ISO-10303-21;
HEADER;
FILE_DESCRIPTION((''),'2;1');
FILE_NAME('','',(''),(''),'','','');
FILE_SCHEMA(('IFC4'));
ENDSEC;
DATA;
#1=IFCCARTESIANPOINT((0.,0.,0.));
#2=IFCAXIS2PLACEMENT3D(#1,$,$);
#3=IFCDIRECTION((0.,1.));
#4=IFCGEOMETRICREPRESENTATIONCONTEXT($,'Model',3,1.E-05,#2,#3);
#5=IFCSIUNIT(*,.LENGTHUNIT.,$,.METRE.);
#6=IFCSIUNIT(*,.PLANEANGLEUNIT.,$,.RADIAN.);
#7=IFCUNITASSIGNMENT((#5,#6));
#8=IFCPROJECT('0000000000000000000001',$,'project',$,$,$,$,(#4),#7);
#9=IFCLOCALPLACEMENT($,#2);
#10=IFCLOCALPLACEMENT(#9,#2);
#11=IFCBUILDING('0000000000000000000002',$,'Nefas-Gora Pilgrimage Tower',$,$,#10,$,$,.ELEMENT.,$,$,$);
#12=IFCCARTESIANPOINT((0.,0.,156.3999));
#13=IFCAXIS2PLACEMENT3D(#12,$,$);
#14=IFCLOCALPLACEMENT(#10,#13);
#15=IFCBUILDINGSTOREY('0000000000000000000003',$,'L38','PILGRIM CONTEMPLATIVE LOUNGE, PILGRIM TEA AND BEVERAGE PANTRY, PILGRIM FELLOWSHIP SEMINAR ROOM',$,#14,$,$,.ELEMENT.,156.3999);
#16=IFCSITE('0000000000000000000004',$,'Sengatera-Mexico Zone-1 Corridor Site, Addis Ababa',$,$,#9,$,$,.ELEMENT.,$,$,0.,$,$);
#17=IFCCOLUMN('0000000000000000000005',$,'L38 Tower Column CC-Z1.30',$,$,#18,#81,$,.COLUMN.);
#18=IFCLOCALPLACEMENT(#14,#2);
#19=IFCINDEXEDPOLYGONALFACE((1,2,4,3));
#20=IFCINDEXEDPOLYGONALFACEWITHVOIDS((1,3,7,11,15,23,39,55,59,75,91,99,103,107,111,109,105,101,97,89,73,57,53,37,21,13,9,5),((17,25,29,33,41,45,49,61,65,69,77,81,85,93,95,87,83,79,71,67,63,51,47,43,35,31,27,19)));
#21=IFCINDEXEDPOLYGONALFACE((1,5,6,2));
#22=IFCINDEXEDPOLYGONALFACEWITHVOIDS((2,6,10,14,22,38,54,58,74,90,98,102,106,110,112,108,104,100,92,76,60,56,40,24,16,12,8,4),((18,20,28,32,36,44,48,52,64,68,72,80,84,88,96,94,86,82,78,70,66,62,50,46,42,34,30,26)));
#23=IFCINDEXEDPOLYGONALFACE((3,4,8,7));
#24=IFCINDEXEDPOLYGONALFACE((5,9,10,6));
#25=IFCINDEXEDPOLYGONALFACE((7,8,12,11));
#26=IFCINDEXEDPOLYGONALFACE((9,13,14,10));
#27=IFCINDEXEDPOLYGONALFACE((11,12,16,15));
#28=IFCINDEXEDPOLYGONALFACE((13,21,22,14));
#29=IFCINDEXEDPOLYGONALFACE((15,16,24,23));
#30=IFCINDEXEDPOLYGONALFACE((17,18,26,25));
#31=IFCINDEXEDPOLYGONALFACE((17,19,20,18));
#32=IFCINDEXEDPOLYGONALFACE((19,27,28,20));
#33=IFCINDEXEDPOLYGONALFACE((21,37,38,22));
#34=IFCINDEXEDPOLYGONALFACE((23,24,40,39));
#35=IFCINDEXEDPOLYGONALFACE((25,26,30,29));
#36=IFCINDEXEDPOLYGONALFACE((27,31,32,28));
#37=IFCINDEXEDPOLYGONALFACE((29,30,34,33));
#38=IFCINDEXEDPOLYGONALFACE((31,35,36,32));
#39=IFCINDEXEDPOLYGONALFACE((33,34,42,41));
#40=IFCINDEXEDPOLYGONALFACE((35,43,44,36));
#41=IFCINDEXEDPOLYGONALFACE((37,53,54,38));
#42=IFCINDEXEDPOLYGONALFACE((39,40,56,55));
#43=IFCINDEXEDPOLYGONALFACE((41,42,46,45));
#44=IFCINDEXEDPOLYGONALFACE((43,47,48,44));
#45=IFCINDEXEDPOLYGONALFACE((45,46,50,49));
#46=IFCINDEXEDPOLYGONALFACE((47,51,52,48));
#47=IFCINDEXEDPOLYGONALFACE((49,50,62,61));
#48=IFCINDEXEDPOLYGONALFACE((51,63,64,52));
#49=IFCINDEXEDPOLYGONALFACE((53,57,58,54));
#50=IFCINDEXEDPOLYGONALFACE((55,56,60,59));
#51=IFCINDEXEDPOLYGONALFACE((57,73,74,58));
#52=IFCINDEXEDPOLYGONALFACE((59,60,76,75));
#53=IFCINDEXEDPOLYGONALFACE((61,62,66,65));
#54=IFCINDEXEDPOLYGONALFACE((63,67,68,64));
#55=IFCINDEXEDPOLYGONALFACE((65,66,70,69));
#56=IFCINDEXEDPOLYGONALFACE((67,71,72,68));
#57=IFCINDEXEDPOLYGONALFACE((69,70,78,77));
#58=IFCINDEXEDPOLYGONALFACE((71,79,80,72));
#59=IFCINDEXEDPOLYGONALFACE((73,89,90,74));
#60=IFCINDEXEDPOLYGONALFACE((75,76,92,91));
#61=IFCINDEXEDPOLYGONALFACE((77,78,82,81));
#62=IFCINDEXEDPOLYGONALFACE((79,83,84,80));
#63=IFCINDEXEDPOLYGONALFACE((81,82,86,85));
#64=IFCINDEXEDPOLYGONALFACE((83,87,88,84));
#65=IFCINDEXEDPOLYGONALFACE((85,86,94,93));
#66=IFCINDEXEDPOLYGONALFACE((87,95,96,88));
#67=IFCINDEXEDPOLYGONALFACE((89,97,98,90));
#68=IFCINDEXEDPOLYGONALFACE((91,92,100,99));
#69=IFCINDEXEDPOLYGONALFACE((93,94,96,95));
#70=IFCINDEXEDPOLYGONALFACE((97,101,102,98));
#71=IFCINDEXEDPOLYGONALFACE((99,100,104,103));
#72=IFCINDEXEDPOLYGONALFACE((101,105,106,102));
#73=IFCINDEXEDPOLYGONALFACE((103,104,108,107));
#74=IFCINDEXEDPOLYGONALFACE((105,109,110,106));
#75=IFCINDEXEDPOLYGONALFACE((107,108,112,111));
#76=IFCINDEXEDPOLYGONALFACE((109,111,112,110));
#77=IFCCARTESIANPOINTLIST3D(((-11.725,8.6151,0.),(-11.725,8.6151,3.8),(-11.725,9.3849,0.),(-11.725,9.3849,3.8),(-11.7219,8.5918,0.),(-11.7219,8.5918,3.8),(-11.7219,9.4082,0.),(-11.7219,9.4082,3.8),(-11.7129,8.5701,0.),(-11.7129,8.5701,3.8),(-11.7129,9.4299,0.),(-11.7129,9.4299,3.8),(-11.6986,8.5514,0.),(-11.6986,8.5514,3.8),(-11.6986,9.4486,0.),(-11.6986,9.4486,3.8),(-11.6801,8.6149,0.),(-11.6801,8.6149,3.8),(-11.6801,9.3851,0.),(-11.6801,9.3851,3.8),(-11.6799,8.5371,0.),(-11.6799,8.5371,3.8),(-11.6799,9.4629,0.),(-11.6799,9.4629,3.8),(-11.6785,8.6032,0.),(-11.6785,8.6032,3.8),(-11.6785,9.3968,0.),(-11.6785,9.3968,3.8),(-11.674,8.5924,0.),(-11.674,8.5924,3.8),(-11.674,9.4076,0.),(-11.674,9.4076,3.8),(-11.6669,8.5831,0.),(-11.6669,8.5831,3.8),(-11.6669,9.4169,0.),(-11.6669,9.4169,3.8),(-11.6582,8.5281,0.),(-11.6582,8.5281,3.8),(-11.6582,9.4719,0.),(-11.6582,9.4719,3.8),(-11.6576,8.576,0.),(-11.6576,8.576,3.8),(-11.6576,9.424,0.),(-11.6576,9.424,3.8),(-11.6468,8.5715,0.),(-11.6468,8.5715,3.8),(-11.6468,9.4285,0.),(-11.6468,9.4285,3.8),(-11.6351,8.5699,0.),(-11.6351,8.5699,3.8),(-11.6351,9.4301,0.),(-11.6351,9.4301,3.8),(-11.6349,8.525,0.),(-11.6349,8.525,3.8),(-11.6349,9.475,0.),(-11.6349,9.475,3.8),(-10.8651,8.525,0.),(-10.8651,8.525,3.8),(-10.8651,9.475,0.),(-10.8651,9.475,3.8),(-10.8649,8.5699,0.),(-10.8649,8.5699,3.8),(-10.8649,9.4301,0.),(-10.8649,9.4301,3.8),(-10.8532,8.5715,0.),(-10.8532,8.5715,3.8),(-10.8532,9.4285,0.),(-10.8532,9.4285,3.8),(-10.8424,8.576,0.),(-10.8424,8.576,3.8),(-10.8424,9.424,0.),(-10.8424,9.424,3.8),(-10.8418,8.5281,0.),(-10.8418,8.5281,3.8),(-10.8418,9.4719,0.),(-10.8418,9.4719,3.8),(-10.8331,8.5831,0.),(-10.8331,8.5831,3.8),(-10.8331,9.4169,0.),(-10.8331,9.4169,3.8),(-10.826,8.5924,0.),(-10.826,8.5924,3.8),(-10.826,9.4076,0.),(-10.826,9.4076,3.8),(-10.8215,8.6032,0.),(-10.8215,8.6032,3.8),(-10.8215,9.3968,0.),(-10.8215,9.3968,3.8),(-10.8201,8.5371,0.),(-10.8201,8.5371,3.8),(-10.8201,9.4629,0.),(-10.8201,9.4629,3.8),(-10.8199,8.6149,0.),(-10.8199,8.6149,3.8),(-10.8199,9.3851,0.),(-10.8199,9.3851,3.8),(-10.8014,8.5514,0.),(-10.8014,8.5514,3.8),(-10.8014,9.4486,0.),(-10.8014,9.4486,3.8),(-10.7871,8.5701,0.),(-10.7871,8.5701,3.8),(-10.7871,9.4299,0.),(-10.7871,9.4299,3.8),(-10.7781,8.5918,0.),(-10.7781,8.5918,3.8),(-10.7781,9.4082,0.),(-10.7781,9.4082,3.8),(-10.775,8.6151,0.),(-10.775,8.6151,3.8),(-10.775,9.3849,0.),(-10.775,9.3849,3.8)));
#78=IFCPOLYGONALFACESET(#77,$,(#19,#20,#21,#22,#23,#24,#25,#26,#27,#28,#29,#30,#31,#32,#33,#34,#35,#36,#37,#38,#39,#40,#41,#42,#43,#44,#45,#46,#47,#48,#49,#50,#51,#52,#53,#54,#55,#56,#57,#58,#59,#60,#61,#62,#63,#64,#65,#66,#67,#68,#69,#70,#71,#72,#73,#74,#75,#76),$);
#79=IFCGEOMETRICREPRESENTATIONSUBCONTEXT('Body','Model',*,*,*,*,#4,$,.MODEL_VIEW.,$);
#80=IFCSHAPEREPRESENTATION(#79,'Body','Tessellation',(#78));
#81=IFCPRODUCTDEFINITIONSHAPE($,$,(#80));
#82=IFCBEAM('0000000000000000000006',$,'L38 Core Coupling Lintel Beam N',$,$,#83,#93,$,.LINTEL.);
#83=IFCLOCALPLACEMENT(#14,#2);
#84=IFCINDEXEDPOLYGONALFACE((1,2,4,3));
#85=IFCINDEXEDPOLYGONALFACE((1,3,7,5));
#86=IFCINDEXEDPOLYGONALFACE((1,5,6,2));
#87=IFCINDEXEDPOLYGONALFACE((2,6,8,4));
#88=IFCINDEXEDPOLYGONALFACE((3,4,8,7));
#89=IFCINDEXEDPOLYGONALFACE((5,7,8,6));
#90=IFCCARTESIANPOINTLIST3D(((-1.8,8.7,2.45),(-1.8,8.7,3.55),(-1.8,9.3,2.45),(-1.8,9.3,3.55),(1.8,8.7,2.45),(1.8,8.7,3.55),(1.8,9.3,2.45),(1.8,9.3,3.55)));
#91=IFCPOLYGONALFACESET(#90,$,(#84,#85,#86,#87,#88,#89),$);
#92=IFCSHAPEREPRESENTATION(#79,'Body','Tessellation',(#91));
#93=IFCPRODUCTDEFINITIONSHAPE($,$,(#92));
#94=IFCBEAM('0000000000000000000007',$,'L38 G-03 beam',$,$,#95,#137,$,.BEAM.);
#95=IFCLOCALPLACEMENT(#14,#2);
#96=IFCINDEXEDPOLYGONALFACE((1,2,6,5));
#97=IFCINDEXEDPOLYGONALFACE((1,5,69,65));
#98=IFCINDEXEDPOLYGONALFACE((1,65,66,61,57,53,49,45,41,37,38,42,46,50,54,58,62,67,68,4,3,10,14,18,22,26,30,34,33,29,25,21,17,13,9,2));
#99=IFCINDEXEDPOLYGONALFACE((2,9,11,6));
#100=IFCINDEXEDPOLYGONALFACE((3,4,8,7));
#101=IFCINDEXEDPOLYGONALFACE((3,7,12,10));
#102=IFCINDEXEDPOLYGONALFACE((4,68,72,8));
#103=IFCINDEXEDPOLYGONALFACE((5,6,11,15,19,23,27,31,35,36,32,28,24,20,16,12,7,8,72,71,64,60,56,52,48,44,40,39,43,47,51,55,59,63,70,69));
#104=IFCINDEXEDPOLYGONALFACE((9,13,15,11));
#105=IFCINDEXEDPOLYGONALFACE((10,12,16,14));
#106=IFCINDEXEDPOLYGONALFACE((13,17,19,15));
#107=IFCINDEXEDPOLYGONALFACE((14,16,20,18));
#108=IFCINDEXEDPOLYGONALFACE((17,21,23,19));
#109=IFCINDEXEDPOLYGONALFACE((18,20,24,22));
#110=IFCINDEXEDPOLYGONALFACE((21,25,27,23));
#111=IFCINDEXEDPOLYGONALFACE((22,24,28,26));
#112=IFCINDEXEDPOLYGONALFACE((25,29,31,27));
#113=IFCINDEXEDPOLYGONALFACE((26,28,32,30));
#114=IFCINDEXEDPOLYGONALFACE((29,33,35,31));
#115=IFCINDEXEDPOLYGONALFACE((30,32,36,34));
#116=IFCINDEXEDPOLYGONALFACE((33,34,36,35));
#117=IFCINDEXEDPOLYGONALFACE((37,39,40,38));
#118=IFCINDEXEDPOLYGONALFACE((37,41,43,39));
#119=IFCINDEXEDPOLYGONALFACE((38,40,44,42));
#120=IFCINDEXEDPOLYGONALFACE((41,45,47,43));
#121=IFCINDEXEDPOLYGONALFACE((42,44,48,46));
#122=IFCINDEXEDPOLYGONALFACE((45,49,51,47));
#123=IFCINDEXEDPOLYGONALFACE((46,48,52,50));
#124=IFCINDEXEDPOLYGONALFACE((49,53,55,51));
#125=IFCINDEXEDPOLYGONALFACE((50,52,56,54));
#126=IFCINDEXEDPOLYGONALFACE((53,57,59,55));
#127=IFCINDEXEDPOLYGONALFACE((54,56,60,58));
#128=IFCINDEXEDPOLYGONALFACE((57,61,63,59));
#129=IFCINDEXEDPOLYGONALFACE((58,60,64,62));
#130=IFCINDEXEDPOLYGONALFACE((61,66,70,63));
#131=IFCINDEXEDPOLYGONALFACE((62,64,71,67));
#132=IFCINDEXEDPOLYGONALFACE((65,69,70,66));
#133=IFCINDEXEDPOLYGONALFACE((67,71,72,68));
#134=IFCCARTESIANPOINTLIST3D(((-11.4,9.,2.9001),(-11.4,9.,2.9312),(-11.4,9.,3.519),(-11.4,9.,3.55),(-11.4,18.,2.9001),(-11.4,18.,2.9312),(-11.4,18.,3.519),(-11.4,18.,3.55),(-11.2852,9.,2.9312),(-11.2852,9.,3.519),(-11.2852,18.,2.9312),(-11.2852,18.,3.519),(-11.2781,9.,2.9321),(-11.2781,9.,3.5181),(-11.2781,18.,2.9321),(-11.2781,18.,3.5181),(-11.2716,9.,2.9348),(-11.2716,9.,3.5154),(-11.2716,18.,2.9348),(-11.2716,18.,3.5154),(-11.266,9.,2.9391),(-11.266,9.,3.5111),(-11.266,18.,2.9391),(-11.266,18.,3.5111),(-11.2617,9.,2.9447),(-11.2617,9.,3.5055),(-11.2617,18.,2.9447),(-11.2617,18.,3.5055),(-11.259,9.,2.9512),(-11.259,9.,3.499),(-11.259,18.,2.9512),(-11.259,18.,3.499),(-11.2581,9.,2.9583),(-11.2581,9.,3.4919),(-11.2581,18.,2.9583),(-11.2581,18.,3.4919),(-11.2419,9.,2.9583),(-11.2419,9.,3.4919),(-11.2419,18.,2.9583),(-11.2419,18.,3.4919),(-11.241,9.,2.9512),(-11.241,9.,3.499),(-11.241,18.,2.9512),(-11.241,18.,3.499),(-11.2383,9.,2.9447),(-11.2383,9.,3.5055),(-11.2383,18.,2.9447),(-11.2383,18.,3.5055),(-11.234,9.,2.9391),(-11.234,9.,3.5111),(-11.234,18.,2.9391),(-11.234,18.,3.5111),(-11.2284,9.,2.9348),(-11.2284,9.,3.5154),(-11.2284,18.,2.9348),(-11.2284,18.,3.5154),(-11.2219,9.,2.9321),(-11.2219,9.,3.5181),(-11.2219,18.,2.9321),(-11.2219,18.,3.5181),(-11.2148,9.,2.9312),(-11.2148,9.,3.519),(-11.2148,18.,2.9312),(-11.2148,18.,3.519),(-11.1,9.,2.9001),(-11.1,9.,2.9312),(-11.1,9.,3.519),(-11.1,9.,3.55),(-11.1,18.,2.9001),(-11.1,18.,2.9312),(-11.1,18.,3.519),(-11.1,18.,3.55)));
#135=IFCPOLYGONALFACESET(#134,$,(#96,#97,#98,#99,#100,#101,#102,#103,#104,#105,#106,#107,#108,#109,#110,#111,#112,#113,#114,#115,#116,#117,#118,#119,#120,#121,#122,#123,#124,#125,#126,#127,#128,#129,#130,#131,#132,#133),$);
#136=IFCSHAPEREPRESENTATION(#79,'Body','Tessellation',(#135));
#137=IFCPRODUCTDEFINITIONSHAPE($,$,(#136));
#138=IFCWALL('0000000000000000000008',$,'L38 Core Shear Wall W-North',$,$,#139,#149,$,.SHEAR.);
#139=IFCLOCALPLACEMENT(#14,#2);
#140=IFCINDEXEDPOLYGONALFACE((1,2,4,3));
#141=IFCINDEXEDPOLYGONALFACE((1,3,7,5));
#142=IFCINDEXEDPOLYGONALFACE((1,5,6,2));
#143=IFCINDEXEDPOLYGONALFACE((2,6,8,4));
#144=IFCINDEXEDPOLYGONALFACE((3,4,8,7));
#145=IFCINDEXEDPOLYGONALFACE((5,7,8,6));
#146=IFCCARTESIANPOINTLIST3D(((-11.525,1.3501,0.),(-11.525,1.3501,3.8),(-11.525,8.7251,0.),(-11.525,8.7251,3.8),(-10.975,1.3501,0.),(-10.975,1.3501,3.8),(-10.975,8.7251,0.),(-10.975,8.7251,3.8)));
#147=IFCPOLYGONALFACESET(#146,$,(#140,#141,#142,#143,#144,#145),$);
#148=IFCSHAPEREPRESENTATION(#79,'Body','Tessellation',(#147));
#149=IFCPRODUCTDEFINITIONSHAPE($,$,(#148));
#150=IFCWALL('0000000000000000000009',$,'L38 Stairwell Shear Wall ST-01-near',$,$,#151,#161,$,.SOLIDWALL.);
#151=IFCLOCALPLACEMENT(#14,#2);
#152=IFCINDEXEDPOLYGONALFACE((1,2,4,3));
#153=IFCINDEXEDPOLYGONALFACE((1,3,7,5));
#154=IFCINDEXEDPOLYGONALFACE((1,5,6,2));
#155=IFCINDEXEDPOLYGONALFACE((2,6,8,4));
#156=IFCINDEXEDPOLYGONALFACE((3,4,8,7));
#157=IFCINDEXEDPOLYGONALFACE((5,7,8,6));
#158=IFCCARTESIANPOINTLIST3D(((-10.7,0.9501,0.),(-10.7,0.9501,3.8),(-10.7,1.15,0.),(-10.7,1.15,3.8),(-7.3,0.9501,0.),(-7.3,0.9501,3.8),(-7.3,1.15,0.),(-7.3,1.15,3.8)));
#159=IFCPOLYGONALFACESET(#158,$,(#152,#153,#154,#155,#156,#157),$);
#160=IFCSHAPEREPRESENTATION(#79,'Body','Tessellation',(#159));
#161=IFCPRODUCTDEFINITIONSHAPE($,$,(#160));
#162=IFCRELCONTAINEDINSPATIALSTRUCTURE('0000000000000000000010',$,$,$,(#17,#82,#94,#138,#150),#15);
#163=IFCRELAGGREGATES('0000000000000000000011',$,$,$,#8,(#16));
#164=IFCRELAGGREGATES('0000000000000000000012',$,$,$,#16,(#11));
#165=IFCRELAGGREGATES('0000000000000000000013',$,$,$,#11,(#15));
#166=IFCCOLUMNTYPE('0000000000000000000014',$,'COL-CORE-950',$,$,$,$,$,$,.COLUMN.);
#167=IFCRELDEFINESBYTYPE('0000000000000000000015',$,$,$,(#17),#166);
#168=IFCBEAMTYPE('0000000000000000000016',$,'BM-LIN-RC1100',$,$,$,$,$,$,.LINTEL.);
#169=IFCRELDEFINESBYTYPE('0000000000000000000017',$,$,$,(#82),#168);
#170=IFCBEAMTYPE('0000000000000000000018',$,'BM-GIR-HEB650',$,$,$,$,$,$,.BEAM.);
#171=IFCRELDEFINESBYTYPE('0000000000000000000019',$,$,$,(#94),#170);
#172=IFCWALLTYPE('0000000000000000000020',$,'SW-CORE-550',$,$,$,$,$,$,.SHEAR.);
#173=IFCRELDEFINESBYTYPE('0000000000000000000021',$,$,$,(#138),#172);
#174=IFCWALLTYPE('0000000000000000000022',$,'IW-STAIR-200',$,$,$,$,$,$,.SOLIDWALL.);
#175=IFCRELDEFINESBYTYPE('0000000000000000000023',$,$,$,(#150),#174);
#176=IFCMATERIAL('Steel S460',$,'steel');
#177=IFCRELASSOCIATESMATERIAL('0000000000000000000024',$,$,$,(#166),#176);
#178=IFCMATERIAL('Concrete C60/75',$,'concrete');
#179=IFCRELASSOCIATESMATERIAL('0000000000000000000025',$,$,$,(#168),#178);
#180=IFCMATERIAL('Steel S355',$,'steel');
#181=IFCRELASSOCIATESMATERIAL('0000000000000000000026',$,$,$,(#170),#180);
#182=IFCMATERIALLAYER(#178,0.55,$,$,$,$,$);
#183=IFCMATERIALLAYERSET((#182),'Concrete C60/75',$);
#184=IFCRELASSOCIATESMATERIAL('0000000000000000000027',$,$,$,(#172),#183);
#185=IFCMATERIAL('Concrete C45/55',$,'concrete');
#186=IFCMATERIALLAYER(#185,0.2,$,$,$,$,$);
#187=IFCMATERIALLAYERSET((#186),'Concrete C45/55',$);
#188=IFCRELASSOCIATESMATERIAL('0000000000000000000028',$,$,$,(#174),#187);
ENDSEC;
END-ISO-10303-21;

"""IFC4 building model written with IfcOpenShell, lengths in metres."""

from ifc_helpers import new_model, si_unit, direction, frame, frame_2d, origin, origin_2d, place, context, subcontext, project, spatial, rectangle, hollow_rectangle, i_section, extrude, source, transform, mapped, material, layer, layer_set, material_profile, profile_set, type_object, element, save


model = new_model("IFC4")

# Units and contexts
model_context = context("Model", 3, precision=1e-05, world=origin(), true_north=direction((0.0, 1.0)))
body_context = subcontext(model_context, "Body", "Model", "MODEL_VIEW")
ifc_project = project(units=[si_unit("LENGTHUNIT", "METRE"), si_unit("PLANEANGLEUNIT", "RADIAN")], contexts=[model_context])

# Site, building, storey
site_placement = place(None, origin())
site = spatial("IfcSite", under=ifc_project, at=site_placement, Name="Sengatera-Mexico Zone-1 Corridor Site, Addis Ababa", CompositionType="ELEMENT", RefElevation=0.0)
building_placement = place(site_placement, origin())
building = spatial("IfcBuilding", under=site, at=building_placement, Name="Nefas-Gora Pilgrimage Tower", CompositionType="ELEMENT")
storey_placement = place(building_placement, frame((0.0, 0.0, 156.3999)))
storey = spatial("IfcBuildingStorey", under=building, at=storey_placement, Name="L38", Description="PILGRIM CONTEMPLATIVE LOUNGE, PILGRIM TEA AND BEVERAGE PANTRY, PILGRIM FELLOWSHIP SEMINAR ROOM", CompositionType="ELEMENT", Elevation=156.3999)

# Column
ifc_material_1 = material(Name="Steel S460", Category="steel")
ifc_material_profile_1 = material_profile(ifc_material_1, hollow_rectangle(XDim=0.95, YDim=0.95, WallThickness=0.0449, InnerFilletRadius=0.0449, OuterFilletRadius=0.0901, at=origin_2d()), Name="BOX 950x950x45")
ifc_profile_set_1 = profile_set([ifc_material_profile_1], Name="Steel S460")
column_type = type_object("IfcColumnType", Name="COL-CORE-950", PredefinedType="COLUMN", material=ifc_profile_set_1)
shared_shape_1 = source(origin(), body_context, "Body", "SweptSolid", [
    extrude(hollow_rectangle(XDim=0.95, YDim=0.95, WallThickness=0.0449, InnerFilletRadius=0.0449, OuterFilletRadius=0.0901, at=origin_2d()), origin(), (0.0, 0.0, 1.0), 3.8),
])
column_placement = place(storey_placement, frame((-11.25, 9.0, 0.0), z_axis=(0.0, 0.0, 1.0), x_axis=(1.0, 0.0, 0.0)))
element("IfcColumn", 1, at=column_placement, inside=storey, type_object=column_type, Name="L38 Tower Column CC-Z1.30", PredefinedType="COLUMN", context=body_context, shape_type="MappedRepresentation", body=[
    mapped(shared_shape_1, transform((0.0, 0.0, 0.0), x_axis=(1.0, 0.0, 0.0), y_axis=(0.0, 1.0, 0.0), z_axis=(0.0, 0.0, 1.0), scale=1.0)),
])

# Beams
ifc_material_2 = material(Name="Concrete C60/75", Category="concrete")
ifc_material_profile_2 = material_profile(ifc_material_2, rectangle(XDim=0.6001, YDim=1.1001, at=origin_2d()), Name="RC 600x1100")
ifc_profile_set_2 = profile_set([ifc_material_profile_2], Name="Concrete C60/75")
beam_type_1 = type_object("IfcBeamType", Name="BM-LIN-RC1100", PredefinedType="LINTEL", material=ifc_profile_set_2)
shared_shape_2 = source(origin(), body_context, "Body", "SweptSolid", [
    extrude(rectangle(XDim=0.6001, YDim=1.1001, at=origin_2d()), origin(), (0.0, 0.0, 1.0), 3.6001),
])
beam_1_placement = place(storey_placement, frame((-1.8, 9.0, 3.0), z_axis=(1.0, 0.0, 0.0), x_axis=(0.0, 1.0, 0.0)))
element("IfcBeam", 2, at=beam_1_placement, inside=storey, type_object=beam_type_1, Name="L38 Core Coupling Lintel Beam N", PredefinedType="LINTEL", context=body_context, shape_type="MappedRepresentation", body=[
    mapped(shared_shape_2, transform((0.0, 0.0, 0.0), x_axis=(1.0, 0.0, 0.0), y_axis=(0.0, 1.0, 0.0), z_axis=(0.0, 0.0, 1.0), scale=1.0)),
])
ifc_material_3 = material(Name="Steel S355", Category="steel")
ifc_material_profile_3 = material_profile(ifc_material_3, i_section(OverallWidth=0.3, OverallDepth=0.6499, WebThickness=0.0161, FlangeThickness=0.031, FilletRadius=0.0271, at=origin_2d()), Name="HEB 650")
ifc_profile_set_3 = profile_set([ifc_material_profile_3], Name="Steel S355")
beam_type_2 = type_object("IfcBeamType", Name="BM-GIR-HEB650", PredefinedType="BEAM", material=ifc_profile_set_3)
shared_shape_3 = source(origin(), body_context, "Body", "SweptSolid", [
    extrude(i_section(OverallWidth=0.3, OverallDepth=0.6499, WebThickness=0.0161, FlangeThickness=0.031, FilletRadius=0.0271, at=origin_2d()), origin(), (0.0, 0.0, 1.0), 9.0),
])
beam_2_placement = place(storey_placement, frame((-11.25, 9.0, 3.2251), z_axis=(0.0, 1.0, 0.0), x_axis=(-1.0, 0.0, 0.0)))
element("IfcBeam", 3, at=beam_2_placement, inside=storey, type_object=beam_type_2, Name="L38 G-03 beam", PredefinedType="BEAM", context=body_context, shape_type="MappedRepresentation", body=[
    mapped(shared_shape_3, transform((0.0, 0.0, 0.0), x_axis=(1.0, 0.0, 0.0), y_axis=(0.0, 1.0, 0.0), z_axis=(0.0, 0.0, 1.0), scale=1.0)),
])

# Walls
ifc_layer_1 = layer(ifc_material_2, 0.55)
ifc_layer_set_1 = layer_set([ifc_layer_1], Name="Concrete C60/75")
wall_type_1 = type_object("IfcWallType", Name="SW-CORE-550", PredefinedType="SHEAR", material=ifc_layer_set_1)
shared_shape_4 = source(origin(), body_context, "Body", "SweptSolid", [
    extrude(rectangle(XDim=7.375, YDim=0.55, at=frame_2d((3.6875, 0.0))), origin(), (0.0, 0.0, 1.0), 3.8),
])
wall_1_placement = place(storey_placement, frame((-11.25, 1.3501, 0.0), z_axis=(0.0, 0.0, 1.0), x_axis=(0.0, 1.0, 0.0)))
element("IfcWall", 4, at=wall_1_placement, inside=storey, type_object=wall_type_1, Name="L38 Core Shear Wall W-North", PredefinedType="SHEAR", context=body_context, shape_type="MappedRepresentation", body=[
    mapped(shared_shape_4, transform((0.0, 0.0, 0.0), x_axis=(1.0, 0.0, 0.0), y_axis=(0.0, 1.0, 0.0), z_axis=(0.0, 0.0, 1.0), scale=1.0)),
])
ifc_material_4 = material(Name="Concrete C45/55", Category="concrete")
ifc_layer_2 = layer(ifc_material_4, 0.2)
ifc_layer_set_2 = layer_set([ifc_layer_2], Name="Concrete C45/55")
wall_type_2 = type_object("IfcWallType", Name="IW-STAIR-200", PredefinedType="SOLIDWALL", material=ifc_layer_set_2)
shared_shape_5 = source(origin(), body_context, "Body", "SweptSolid", [
    extrude(rectangle(XDim=3.3999, YDim=0.2, at=frame_2d((1.7, 0.0))), origin(), (0.0, 0.0, 1.0), 3.8),
])
wall_2_placement = place(storey_placement, frame((-7.3, 1.05, 0.0), z_axis=(0.0, 0.0, 1.0), x_axis=(-1.0, 0.0, 0.0)))
element("IfcWall", 5, at=wall_2_placement, inside=storey, type_object=wall_type_2, Name="L38 Stairwell Shear Wall ST-01-near", PredefinedType="SOLIDWALL", context=body_context, shape_type="MappedRepresentation", body=[
    mapped(shared_shape_5, transform((0.0, 0.0, 0.0), x_axis=(1.0, 0.0, 0.0), y_axis=(0.0, 1.0, 0.0), z_axis=(0.0, 0.0, 1.0), scale=1.0)),
])

save(model, "model.ifc")
